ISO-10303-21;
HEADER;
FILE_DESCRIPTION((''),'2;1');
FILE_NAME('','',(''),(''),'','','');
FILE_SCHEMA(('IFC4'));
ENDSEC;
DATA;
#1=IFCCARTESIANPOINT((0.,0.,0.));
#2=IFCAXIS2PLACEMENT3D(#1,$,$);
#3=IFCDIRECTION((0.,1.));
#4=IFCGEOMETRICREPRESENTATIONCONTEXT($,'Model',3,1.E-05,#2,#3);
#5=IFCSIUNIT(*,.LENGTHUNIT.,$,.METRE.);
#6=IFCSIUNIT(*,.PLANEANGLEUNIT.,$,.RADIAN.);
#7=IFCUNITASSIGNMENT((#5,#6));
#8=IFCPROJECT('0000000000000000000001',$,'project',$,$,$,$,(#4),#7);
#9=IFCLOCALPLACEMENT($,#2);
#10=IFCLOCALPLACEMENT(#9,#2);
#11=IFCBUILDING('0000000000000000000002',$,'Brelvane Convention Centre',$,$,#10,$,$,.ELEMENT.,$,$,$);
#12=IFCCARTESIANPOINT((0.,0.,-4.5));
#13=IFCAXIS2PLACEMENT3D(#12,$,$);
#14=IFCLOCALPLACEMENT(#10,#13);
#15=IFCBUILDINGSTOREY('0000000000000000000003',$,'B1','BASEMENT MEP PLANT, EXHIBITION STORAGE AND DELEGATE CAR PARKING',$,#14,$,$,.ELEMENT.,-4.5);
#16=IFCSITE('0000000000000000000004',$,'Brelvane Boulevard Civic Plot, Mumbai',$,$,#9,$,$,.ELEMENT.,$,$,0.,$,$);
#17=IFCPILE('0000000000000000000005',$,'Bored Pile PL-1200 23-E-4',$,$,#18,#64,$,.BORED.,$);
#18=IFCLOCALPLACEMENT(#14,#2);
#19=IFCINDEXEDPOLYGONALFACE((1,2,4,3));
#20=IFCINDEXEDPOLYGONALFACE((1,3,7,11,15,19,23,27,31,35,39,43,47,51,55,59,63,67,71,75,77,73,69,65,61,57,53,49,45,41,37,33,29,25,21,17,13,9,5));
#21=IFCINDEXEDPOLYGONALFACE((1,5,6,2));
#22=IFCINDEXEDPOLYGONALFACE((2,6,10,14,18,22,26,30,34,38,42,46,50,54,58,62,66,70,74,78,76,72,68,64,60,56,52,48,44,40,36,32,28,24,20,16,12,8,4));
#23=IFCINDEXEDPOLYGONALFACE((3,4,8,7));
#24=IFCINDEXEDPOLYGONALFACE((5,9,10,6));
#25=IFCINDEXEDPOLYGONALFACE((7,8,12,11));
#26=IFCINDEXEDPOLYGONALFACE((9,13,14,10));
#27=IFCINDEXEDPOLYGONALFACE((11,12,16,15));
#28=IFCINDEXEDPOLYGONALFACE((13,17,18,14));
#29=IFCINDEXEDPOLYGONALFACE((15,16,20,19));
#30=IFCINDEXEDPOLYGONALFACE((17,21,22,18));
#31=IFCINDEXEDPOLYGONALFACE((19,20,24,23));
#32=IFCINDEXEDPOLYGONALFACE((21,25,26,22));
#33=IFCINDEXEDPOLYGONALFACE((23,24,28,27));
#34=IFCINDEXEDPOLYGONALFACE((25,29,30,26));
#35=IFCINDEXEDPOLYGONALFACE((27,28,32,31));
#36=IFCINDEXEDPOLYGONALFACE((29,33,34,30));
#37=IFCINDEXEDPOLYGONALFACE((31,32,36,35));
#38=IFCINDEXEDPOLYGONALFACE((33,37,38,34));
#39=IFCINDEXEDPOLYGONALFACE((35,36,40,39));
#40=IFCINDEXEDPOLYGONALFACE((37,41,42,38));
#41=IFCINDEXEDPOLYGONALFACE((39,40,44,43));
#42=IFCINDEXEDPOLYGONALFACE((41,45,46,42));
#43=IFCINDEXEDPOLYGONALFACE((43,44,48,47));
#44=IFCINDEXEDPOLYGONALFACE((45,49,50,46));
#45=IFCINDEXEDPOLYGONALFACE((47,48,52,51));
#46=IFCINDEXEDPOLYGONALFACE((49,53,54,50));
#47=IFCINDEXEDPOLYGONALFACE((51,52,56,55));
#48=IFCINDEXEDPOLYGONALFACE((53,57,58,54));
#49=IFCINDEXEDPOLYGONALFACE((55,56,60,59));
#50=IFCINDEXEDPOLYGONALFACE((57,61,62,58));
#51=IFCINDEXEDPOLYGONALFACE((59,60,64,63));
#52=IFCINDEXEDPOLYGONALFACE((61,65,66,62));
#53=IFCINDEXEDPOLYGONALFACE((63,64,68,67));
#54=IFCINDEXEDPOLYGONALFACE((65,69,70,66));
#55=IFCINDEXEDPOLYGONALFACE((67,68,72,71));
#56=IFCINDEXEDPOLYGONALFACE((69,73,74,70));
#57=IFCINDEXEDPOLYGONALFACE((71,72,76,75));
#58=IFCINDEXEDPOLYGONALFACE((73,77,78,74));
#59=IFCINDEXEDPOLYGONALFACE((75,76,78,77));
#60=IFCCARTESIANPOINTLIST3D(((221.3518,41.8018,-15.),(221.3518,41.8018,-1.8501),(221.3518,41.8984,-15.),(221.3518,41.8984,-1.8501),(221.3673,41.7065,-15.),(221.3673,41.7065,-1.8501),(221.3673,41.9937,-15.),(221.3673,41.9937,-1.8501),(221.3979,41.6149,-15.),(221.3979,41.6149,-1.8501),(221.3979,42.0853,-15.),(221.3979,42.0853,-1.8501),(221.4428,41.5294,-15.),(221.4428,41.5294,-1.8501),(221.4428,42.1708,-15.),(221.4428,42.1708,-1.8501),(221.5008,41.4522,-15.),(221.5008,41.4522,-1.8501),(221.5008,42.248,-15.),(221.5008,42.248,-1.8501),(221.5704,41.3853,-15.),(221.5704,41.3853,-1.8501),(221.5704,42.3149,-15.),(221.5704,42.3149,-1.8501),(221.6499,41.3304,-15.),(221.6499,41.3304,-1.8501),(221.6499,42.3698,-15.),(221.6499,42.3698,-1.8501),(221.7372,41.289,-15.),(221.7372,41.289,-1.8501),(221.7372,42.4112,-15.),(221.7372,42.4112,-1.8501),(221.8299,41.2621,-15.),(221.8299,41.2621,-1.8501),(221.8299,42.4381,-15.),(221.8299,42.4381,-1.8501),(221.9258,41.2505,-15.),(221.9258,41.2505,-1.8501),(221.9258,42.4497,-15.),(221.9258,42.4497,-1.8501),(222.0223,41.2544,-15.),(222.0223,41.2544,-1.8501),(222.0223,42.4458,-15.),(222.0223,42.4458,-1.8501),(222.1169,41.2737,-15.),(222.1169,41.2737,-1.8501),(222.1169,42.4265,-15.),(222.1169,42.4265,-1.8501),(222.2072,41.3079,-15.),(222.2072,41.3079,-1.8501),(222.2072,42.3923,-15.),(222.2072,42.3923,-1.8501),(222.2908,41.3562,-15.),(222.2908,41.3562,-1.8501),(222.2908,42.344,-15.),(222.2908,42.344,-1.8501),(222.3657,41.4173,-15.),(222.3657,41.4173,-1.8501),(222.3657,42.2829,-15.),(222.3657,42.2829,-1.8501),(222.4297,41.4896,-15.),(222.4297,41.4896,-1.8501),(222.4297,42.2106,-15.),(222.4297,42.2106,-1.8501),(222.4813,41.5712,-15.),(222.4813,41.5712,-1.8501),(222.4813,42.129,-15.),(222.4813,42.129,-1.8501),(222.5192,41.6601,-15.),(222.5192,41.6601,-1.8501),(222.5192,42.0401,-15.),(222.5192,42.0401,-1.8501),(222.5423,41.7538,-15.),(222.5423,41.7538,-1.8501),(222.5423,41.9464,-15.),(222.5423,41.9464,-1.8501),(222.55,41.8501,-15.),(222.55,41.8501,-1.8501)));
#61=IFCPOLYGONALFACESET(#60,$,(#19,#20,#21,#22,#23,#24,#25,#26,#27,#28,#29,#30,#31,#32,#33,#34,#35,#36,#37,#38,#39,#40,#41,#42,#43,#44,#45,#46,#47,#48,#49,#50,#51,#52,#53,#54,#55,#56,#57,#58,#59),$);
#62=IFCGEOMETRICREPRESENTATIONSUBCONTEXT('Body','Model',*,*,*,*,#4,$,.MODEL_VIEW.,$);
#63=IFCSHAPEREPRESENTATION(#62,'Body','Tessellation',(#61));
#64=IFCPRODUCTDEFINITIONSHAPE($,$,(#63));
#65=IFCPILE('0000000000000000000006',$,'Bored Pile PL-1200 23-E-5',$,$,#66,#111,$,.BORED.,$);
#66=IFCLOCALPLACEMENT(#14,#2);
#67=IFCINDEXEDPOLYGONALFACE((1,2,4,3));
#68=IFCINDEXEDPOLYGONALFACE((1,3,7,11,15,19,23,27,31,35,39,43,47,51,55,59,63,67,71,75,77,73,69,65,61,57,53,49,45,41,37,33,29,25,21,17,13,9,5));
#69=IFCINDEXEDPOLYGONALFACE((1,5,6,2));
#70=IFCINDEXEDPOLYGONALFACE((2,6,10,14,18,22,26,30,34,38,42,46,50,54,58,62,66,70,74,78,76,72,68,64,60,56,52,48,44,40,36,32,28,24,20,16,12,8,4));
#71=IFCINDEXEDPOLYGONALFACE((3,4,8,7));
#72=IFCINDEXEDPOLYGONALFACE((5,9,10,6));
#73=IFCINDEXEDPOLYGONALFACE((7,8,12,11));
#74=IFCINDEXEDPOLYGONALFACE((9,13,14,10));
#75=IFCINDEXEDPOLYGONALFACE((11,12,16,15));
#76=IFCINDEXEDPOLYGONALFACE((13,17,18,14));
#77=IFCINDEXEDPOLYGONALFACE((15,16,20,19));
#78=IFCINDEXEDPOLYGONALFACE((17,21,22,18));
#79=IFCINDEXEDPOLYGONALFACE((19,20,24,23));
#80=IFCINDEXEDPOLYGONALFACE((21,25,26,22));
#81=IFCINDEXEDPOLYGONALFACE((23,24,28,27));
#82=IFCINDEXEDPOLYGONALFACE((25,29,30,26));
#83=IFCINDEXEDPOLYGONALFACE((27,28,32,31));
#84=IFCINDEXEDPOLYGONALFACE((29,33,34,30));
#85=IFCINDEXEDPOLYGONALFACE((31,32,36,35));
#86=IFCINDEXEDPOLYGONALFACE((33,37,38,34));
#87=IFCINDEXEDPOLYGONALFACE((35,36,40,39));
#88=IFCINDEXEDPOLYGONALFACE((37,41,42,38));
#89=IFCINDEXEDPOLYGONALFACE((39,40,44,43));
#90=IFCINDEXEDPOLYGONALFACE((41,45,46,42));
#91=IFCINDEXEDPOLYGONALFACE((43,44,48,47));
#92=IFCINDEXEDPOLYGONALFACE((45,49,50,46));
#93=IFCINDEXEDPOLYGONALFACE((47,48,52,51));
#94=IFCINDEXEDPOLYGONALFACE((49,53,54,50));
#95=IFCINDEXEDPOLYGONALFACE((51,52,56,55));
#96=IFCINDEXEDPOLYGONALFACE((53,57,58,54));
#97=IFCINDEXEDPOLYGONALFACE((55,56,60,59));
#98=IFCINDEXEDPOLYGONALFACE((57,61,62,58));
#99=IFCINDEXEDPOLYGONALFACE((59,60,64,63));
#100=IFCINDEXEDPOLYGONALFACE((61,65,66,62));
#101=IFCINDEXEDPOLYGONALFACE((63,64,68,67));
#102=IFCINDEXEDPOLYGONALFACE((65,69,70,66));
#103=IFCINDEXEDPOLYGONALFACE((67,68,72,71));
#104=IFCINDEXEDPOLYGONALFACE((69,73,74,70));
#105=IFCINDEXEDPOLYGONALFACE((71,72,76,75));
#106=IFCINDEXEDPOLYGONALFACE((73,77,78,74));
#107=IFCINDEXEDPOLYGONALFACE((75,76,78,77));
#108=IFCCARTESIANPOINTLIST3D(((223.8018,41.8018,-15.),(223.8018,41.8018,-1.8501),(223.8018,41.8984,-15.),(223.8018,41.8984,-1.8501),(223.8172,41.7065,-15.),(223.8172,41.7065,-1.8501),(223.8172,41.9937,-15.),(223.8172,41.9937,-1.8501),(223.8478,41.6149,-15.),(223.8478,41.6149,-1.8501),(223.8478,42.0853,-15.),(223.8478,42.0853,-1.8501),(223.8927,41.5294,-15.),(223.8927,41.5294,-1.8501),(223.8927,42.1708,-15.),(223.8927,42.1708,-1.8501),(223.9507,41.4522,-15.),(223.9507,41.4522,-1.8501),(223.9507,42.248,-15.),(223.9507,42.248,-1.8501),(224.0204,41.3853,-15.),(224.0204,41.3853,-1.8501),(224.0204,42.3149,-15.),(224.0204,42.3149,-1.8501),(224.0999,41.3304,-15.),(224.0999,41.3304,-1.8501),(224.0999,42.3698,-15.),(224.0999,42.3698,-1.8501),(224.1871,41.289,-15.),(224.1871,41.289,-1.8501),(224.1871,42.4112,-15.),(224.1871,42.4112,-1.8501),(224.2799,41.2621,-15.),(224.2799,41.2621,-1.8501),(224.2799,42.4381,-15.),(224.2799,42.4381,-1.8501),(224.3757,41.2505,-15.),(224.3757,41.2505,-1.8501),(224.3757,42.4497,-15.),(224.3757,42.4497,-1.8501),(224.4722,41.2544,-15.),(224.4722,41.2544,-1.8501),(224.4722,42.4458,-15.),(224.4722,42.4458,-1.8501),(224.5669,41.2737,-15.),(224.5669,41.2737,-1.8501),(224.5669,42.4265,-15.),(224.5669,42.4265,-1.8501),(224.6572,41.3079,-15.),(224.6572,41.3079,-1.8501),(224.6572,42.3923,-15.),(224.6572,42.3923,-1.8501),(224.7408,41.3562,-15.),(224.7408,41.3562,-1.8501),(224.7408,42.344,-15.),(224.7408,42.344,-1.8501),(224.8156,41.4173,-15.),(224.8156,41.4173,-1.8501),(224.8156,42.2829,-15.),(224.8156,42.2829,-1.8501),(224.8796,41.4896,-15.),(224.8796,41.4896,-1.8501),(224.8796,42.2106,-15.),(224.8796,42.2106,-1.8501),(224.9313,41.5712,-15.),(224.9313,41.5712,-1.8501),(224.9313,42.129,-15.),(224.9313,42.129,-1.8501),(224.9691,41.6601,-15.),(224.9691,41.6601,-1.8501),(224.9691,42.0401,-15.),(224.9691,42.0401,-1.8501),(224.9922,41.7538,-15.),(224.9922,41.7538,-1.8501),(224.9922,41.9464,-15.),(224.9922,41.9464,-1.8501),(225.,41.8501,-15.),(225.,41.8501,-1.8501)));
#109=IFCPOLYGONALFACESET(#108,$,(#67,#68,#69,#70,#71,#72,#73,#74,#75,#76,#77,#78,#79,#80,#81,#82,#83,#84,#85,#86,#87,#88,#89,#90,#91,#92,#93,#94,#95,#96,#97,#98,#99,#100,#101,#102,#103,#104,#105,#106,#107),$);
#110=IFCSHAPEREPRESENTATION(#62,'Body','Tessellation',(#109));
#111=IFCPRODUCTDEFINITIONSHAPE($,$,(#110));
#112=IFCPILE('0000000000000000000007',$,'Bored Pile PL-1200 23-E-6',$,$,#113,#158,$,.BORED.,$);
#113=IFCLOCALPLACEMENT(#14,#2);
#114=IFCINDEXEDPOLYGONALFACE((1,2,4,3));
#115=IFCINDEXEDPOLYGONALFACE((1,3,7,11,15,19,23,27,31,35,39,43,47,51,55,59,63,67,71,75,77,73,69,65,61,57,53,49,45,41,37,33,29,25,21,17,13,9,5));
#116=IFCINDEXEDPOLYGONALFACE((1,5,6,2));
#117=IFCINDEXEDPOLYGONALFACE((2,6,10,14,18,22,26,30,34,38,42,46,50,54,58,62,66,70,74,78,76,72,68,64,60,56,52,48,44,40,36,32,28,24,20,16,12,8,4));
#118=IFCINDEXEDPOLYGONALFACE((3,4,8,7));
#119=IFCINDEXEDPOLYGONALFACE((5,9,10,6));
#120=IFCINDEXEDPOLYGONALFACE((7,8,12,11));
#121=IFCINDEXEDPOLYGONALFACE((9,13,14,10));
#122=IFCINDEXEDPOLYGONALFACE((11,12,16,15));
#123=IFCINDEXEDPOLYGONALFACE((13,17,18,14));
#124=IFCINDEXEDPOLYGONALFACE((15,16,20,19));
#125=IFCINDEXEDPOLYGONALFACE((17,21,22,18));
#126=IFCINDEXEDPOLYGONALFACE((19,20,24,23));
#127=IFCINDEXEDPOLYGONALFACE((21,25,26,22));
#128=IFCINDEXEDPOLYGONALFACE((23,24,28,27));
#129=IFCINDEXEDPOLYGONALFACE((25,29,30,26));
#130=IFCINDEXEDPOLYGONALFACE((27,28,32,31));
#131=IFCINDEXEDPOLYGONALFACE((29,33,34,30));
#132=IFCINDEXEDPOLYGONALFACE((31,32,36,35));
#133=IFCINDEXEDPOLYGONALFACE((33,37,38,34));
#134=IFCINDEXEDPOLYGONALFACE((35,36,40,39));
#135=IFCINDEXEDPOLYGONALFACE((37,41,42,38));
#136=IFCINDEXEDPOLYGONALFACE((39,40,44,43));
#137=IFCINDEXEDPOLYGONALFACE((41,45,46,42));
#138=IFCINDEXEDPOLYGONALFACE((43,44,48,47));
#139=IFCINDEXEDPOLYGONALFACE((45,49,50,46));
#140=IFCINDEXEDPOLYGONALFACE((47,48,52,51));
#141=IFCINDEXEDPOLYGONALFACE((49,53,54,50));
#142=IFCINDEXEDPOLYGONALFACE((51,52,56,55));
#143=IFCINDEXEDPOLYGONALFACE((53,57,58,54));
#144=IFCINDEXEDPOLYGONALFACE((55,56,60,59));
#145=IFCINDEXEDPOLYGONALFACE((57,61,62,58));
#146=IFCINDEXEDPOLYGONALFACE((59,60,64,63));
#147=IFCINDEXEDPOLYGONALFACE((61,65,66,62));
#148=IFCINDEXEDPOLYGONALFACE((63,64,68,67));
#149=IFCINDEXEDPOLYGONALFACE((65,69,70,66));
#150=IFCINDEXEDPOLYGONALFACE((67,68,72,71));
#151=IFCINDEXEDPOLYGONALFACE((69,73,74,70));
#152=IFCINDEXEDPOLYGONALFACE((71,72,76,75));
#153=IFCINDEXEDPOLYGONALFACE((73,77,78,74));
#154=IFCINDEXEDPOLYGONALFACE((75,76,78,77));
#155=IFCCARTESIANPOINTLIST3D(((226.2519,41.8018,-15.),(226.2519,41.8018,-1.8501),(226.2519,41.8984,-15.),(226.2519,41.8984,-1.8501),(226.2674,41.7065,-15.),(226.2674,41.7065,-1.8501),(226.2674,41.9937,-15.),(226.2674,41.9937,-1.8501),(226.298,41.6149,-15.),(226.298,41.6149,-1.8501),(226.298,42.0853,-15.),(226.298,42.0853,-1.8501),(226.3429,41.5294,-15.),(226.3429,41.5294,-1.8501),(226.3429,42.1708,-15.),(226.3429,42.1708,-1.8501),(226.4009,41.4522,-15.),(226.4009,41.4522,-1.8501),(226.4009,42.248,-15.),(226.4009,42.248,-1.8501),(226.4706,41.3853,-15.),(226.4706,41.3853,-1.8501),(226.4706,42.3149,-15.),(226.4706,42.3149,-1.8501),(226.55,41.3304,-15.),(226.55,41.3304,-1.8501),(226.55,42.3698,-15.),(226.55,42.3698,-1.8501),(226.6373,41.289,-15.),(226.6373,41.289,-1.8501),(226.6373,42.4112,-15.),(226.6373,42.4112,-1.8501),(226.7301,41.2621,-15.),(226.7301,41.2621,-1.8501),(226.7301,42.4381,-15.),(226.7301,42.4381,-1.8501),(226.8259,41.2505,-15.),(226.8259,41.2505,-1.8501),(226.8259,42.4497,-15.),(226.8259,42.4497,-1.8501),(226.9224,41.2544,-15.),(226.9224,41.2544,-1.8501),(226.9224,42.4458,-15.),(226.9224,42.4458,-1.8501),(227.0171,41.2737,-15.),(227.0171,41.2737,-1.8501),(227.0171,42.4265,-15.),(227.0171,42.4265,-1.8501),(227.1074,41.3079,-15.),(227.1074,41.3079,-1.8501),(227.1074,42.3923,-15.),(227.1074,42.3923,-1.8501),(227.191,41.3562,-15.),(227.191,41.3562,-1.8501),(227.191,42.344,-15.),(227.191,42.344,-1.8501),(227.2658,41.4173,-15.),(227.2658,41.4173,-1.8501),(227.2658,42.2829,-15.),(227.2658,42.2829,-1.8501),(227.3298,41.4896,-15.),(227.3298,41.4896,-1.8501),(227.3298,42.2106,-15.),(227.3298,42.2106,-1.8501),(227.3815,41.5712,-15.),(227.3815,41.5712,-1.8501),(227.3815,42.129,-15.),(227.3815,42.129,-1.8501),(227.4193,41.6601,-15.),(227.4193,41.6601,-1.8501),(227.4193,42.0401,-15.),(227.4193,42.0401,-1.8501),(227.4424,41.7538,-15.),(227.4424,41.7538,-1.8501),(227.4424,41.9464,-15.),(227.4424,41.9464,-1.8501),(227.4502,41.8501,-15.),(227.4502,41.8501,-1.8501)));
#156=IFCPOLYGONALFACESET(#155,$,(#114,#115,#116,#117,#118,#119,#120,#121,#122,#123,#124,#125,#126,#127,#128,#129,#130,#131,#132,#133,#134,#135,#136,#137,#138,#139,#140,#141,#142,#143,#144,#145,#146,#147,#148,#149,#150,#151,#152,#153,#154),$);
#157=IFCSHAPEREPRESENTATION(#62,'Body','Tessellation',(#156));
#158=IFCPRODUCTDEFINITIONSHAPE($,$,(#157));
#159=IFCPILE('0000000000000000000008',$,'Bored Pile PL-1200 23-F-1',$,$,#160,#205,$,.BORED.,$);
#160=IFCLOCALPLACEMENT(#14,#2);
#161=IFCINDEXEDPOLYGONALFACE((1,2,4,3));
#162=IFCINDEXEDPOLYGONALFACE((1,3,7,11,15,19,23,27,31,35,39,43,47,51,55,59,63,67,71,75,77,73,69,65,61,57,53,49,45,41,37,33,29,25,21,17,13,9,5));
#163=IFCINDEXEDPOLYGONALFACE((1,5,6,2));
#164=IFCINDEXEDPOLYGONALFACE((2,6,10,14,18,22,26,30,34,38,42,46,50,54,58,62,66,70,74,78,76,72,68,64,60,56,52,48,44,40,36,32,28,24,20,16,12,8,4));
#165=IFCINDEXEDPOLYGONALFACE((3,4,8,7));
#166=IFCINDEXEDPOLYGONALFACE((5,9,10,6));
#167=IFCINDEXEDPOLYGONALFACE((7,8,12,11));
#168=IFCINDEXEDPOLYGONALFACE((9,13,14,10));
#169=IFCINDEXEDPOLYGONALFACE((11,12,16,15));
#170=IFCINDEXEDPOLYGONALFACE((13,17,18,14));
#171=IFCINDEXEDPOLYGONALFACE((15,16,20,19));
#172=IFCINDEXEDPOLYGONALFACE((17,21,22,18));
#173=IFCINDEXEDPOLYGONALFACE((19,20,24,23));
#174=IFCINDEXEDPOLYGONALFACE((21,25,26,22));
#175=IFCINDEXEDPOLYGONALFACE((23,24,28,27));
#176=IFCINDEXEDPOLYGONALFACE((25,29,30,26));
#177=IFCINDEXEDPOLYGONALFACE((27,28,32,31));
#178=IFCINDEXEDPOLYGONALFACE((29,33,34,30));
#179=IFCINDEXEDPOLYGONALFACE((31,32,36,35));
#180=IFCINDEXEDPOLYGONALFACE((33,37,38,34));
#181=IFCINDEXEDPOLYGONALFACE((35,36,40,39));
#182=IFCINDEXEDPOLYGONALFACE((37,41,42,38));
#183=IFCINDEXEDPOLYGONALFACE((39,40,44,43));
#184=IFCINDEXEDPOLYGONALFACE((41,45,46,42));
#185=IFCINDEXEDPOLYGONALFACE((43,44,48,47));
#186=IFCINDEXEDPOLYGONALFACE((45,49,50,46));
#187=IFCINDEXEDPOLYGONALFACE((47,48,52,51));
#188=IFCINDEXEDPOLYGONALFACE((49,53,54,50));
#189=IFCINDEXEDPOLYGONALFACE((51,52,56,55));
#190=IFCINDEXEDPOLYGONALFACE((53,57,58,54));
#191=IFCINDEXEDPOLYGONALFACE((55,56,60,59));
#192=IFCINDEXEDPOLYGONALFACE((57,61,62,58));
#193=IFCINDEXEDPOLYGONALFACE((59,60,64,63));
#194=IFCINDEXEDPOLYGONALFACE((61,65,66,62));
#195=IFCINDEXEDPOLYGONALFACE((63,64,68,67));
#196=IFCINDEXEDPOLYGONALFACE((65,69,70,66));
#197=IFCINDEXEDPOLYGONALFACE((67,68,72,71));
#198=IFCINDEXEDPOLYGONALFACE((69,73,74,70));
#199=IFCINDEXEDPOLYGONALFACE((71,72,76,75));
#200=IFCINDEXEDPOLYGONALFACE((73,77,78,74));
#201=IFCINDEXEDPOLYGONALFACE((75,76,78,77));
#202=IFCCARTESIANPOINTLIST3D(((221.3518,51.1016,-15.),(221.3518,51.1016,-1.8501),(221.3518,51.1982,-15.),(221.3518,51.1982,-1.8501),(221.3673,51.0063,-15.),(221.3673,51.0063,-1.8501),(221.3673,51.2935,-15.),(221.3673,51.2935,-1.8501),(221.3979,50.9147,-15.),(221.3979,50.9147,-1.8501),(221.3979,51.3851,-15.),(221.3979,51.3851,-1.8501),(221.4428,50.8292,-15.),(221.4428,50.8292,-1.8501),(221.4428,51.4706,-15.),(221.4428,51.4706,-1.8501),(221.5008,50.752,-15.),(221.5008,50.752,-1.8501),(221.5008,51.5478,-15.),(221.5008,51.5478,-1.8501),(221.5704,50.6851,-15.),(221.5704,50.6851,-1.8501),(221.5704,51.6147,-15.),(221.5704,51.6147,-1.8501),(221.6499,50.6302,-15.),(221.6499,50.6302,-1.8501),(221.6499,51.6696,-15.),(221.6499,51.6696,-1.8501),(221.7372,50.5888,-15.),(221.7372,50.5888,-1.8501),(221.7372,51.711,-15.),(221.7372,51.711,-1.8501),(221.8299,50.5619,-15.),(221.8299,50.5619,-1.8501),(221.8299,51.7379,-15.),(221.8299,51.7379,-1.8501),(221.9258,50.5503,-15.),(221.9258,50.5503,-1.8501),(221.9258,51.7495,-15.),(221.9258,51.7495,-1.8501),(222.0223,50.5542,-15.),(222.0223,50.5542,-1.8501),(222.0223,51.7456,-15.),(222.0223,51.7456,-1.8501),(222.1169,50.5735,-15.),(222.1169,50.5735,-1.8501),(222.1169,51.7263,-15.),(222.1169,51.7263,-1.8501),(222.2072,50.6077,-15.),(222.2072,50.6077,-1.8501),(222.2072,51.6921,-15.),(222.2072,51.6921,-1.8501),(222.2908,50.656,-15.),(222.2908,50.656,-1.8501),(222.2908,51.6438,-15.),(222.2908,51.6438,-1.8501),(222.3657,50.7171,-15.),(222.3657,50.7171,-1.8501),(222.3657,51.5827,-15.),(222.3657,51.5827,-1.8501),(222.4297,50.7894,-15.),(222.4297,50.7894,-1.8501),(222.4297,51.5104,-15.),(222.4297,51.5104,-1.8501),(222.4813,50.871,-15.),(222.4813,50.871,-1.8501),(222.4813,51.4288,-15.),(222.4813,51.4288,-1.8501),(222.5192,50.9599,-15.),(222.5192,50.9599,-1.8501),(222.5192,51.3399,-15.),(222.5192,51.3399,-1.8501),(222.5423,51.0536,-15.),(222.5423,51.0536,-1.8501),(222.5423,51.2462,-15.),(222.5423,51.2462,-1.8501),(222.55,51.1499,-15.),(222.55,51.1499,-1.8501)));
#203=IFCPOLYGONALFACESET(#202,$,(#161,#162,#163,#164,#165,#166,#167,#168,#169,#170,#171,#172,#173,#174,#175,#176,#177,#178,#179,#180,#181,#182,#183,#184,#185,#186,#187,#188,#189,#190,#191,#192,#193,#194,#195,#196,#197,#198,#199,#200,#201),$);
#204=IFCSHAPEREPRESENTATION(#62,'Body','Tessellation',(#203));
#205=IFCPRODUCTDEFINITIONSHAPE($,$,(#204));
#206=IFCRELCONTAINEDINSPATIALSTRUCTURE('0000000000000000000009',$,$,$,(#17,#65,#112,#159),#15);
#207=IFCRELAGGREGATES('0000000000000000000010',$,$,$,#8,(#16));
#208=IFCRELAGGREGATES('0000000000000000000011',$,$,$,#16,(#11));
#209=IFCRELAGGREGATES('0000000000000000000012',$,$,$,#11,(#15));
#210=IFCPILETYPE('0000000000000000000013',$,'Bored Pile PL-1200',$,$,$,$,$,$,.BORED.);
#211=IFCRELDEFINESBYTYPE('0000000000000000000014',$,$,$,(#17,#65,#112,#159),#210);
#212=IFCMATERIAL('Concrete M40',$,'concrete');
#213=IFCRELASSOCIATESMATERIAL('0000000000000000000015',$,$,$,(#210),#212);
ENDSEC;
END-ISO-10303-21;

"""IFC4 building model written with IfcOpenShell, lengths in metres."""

from ifc_helpers import new_model, si_unit, direction, frame, origin, origin_2d, place, context, subcontext, project, spatial, circle, extrude, material, material_profile, profile_set, type_object, element, save


model = new_model("IFC4")

# Units and contexts
model_context = context("Model", 3, precision=1e-05, world=origin(), true_north=direction((0.0, 1.0)))
body_context = subcontext(model_context, "Body", "Model", "MODEL_VIEW")
ifc_project = project(units=[si_unit("LENGTHUNIT", "METRE"), si_unit("PLANEANGLEUNIT", "RADIAN")], contexts=[model_context])

# Site, building, storey
site_placement = place(None, origin())
site = spatial("IfcSite", under=ifc_project, at=site_placement, Name="Brelvane Boulevard Civic Plot, Mumbai", CompositionType="ELEMENT", RefElevation=0.0)
building_placement = place(site_placement, origin())
building = spatial("IfcBuilding", under=site, at=building_placement, Name="Brelvane Convention Centre", CompositionType="ELEMENT")
storey_placement = place(building_placement, frame((0.0, 0.0, -4.5)))
storey = spatial("IfcBuildingStorey", under=building, at=storey_placement, Name="B1", Description="BASEMENT MEP PLANT, EXHIBITION STORAGE AND DELEGATE CAR PARKING", CompositionType="ELEMENT", Elevation=-4.5)

# Piles
ifc_material_1 = material(Name="Concrete M40", Category="concrete")
ifc_material_profile_1 = material_profile(ifc_material_1, circle(Radius=0.6001, at=origin_2d()), Name="PILE D1200")
ifc_profile_set_1 = profile_set([ifc_material_profile_1], Name="Concrete M40")
pile_type_1 = type_object("IfcPileType", Name="Bored Pile PL-1200", PredefinedType="BORED", material=ifc_profile_set_1)
for number, where, z_axis, x_axis, name in (
    (1, (221.95, 41.8501, -1.8501), (0.0, 0.0, -1.0), (1.0, 0.0, 0.0), "Bored Pile PL-1200 23-E-4"),
    (2, (224.3999, 41.8501, -1.8501), (0.0, 0.0, -1.0), (1.0, 0.0, 0.0), "Bored Pile PL-1200 23-E-5"),
    (3, (226.8501, 41.8501, -1.8501), (0.0, 0.0, -1.0), (1.0, 0.0, 0.0), "Bored Pile PL-1200 23-E-6"),
    (4, (221.95, 51.1499, -1.8501), (0.0, 0.0, -1.0), (1.0, 0.0, 0.0), "Bored Pile PL-1200 23-F-1"),
):
    element("IfcPile", number, at=place(storey_placement, frame(where, z_axis=z_axis, x_axis=x_axis)), inside=storey, type_object=pile_type_1, Name=name, PredefinedType="BORED", context=body_context, shape_type="SweptSolid", body=[
        extrude(circle(Radius=0.6001, at=origin_2d()), origin(), (0.0, 0.0, 1.0), 13.1499),
    ])

save(model, "model.ifc")
